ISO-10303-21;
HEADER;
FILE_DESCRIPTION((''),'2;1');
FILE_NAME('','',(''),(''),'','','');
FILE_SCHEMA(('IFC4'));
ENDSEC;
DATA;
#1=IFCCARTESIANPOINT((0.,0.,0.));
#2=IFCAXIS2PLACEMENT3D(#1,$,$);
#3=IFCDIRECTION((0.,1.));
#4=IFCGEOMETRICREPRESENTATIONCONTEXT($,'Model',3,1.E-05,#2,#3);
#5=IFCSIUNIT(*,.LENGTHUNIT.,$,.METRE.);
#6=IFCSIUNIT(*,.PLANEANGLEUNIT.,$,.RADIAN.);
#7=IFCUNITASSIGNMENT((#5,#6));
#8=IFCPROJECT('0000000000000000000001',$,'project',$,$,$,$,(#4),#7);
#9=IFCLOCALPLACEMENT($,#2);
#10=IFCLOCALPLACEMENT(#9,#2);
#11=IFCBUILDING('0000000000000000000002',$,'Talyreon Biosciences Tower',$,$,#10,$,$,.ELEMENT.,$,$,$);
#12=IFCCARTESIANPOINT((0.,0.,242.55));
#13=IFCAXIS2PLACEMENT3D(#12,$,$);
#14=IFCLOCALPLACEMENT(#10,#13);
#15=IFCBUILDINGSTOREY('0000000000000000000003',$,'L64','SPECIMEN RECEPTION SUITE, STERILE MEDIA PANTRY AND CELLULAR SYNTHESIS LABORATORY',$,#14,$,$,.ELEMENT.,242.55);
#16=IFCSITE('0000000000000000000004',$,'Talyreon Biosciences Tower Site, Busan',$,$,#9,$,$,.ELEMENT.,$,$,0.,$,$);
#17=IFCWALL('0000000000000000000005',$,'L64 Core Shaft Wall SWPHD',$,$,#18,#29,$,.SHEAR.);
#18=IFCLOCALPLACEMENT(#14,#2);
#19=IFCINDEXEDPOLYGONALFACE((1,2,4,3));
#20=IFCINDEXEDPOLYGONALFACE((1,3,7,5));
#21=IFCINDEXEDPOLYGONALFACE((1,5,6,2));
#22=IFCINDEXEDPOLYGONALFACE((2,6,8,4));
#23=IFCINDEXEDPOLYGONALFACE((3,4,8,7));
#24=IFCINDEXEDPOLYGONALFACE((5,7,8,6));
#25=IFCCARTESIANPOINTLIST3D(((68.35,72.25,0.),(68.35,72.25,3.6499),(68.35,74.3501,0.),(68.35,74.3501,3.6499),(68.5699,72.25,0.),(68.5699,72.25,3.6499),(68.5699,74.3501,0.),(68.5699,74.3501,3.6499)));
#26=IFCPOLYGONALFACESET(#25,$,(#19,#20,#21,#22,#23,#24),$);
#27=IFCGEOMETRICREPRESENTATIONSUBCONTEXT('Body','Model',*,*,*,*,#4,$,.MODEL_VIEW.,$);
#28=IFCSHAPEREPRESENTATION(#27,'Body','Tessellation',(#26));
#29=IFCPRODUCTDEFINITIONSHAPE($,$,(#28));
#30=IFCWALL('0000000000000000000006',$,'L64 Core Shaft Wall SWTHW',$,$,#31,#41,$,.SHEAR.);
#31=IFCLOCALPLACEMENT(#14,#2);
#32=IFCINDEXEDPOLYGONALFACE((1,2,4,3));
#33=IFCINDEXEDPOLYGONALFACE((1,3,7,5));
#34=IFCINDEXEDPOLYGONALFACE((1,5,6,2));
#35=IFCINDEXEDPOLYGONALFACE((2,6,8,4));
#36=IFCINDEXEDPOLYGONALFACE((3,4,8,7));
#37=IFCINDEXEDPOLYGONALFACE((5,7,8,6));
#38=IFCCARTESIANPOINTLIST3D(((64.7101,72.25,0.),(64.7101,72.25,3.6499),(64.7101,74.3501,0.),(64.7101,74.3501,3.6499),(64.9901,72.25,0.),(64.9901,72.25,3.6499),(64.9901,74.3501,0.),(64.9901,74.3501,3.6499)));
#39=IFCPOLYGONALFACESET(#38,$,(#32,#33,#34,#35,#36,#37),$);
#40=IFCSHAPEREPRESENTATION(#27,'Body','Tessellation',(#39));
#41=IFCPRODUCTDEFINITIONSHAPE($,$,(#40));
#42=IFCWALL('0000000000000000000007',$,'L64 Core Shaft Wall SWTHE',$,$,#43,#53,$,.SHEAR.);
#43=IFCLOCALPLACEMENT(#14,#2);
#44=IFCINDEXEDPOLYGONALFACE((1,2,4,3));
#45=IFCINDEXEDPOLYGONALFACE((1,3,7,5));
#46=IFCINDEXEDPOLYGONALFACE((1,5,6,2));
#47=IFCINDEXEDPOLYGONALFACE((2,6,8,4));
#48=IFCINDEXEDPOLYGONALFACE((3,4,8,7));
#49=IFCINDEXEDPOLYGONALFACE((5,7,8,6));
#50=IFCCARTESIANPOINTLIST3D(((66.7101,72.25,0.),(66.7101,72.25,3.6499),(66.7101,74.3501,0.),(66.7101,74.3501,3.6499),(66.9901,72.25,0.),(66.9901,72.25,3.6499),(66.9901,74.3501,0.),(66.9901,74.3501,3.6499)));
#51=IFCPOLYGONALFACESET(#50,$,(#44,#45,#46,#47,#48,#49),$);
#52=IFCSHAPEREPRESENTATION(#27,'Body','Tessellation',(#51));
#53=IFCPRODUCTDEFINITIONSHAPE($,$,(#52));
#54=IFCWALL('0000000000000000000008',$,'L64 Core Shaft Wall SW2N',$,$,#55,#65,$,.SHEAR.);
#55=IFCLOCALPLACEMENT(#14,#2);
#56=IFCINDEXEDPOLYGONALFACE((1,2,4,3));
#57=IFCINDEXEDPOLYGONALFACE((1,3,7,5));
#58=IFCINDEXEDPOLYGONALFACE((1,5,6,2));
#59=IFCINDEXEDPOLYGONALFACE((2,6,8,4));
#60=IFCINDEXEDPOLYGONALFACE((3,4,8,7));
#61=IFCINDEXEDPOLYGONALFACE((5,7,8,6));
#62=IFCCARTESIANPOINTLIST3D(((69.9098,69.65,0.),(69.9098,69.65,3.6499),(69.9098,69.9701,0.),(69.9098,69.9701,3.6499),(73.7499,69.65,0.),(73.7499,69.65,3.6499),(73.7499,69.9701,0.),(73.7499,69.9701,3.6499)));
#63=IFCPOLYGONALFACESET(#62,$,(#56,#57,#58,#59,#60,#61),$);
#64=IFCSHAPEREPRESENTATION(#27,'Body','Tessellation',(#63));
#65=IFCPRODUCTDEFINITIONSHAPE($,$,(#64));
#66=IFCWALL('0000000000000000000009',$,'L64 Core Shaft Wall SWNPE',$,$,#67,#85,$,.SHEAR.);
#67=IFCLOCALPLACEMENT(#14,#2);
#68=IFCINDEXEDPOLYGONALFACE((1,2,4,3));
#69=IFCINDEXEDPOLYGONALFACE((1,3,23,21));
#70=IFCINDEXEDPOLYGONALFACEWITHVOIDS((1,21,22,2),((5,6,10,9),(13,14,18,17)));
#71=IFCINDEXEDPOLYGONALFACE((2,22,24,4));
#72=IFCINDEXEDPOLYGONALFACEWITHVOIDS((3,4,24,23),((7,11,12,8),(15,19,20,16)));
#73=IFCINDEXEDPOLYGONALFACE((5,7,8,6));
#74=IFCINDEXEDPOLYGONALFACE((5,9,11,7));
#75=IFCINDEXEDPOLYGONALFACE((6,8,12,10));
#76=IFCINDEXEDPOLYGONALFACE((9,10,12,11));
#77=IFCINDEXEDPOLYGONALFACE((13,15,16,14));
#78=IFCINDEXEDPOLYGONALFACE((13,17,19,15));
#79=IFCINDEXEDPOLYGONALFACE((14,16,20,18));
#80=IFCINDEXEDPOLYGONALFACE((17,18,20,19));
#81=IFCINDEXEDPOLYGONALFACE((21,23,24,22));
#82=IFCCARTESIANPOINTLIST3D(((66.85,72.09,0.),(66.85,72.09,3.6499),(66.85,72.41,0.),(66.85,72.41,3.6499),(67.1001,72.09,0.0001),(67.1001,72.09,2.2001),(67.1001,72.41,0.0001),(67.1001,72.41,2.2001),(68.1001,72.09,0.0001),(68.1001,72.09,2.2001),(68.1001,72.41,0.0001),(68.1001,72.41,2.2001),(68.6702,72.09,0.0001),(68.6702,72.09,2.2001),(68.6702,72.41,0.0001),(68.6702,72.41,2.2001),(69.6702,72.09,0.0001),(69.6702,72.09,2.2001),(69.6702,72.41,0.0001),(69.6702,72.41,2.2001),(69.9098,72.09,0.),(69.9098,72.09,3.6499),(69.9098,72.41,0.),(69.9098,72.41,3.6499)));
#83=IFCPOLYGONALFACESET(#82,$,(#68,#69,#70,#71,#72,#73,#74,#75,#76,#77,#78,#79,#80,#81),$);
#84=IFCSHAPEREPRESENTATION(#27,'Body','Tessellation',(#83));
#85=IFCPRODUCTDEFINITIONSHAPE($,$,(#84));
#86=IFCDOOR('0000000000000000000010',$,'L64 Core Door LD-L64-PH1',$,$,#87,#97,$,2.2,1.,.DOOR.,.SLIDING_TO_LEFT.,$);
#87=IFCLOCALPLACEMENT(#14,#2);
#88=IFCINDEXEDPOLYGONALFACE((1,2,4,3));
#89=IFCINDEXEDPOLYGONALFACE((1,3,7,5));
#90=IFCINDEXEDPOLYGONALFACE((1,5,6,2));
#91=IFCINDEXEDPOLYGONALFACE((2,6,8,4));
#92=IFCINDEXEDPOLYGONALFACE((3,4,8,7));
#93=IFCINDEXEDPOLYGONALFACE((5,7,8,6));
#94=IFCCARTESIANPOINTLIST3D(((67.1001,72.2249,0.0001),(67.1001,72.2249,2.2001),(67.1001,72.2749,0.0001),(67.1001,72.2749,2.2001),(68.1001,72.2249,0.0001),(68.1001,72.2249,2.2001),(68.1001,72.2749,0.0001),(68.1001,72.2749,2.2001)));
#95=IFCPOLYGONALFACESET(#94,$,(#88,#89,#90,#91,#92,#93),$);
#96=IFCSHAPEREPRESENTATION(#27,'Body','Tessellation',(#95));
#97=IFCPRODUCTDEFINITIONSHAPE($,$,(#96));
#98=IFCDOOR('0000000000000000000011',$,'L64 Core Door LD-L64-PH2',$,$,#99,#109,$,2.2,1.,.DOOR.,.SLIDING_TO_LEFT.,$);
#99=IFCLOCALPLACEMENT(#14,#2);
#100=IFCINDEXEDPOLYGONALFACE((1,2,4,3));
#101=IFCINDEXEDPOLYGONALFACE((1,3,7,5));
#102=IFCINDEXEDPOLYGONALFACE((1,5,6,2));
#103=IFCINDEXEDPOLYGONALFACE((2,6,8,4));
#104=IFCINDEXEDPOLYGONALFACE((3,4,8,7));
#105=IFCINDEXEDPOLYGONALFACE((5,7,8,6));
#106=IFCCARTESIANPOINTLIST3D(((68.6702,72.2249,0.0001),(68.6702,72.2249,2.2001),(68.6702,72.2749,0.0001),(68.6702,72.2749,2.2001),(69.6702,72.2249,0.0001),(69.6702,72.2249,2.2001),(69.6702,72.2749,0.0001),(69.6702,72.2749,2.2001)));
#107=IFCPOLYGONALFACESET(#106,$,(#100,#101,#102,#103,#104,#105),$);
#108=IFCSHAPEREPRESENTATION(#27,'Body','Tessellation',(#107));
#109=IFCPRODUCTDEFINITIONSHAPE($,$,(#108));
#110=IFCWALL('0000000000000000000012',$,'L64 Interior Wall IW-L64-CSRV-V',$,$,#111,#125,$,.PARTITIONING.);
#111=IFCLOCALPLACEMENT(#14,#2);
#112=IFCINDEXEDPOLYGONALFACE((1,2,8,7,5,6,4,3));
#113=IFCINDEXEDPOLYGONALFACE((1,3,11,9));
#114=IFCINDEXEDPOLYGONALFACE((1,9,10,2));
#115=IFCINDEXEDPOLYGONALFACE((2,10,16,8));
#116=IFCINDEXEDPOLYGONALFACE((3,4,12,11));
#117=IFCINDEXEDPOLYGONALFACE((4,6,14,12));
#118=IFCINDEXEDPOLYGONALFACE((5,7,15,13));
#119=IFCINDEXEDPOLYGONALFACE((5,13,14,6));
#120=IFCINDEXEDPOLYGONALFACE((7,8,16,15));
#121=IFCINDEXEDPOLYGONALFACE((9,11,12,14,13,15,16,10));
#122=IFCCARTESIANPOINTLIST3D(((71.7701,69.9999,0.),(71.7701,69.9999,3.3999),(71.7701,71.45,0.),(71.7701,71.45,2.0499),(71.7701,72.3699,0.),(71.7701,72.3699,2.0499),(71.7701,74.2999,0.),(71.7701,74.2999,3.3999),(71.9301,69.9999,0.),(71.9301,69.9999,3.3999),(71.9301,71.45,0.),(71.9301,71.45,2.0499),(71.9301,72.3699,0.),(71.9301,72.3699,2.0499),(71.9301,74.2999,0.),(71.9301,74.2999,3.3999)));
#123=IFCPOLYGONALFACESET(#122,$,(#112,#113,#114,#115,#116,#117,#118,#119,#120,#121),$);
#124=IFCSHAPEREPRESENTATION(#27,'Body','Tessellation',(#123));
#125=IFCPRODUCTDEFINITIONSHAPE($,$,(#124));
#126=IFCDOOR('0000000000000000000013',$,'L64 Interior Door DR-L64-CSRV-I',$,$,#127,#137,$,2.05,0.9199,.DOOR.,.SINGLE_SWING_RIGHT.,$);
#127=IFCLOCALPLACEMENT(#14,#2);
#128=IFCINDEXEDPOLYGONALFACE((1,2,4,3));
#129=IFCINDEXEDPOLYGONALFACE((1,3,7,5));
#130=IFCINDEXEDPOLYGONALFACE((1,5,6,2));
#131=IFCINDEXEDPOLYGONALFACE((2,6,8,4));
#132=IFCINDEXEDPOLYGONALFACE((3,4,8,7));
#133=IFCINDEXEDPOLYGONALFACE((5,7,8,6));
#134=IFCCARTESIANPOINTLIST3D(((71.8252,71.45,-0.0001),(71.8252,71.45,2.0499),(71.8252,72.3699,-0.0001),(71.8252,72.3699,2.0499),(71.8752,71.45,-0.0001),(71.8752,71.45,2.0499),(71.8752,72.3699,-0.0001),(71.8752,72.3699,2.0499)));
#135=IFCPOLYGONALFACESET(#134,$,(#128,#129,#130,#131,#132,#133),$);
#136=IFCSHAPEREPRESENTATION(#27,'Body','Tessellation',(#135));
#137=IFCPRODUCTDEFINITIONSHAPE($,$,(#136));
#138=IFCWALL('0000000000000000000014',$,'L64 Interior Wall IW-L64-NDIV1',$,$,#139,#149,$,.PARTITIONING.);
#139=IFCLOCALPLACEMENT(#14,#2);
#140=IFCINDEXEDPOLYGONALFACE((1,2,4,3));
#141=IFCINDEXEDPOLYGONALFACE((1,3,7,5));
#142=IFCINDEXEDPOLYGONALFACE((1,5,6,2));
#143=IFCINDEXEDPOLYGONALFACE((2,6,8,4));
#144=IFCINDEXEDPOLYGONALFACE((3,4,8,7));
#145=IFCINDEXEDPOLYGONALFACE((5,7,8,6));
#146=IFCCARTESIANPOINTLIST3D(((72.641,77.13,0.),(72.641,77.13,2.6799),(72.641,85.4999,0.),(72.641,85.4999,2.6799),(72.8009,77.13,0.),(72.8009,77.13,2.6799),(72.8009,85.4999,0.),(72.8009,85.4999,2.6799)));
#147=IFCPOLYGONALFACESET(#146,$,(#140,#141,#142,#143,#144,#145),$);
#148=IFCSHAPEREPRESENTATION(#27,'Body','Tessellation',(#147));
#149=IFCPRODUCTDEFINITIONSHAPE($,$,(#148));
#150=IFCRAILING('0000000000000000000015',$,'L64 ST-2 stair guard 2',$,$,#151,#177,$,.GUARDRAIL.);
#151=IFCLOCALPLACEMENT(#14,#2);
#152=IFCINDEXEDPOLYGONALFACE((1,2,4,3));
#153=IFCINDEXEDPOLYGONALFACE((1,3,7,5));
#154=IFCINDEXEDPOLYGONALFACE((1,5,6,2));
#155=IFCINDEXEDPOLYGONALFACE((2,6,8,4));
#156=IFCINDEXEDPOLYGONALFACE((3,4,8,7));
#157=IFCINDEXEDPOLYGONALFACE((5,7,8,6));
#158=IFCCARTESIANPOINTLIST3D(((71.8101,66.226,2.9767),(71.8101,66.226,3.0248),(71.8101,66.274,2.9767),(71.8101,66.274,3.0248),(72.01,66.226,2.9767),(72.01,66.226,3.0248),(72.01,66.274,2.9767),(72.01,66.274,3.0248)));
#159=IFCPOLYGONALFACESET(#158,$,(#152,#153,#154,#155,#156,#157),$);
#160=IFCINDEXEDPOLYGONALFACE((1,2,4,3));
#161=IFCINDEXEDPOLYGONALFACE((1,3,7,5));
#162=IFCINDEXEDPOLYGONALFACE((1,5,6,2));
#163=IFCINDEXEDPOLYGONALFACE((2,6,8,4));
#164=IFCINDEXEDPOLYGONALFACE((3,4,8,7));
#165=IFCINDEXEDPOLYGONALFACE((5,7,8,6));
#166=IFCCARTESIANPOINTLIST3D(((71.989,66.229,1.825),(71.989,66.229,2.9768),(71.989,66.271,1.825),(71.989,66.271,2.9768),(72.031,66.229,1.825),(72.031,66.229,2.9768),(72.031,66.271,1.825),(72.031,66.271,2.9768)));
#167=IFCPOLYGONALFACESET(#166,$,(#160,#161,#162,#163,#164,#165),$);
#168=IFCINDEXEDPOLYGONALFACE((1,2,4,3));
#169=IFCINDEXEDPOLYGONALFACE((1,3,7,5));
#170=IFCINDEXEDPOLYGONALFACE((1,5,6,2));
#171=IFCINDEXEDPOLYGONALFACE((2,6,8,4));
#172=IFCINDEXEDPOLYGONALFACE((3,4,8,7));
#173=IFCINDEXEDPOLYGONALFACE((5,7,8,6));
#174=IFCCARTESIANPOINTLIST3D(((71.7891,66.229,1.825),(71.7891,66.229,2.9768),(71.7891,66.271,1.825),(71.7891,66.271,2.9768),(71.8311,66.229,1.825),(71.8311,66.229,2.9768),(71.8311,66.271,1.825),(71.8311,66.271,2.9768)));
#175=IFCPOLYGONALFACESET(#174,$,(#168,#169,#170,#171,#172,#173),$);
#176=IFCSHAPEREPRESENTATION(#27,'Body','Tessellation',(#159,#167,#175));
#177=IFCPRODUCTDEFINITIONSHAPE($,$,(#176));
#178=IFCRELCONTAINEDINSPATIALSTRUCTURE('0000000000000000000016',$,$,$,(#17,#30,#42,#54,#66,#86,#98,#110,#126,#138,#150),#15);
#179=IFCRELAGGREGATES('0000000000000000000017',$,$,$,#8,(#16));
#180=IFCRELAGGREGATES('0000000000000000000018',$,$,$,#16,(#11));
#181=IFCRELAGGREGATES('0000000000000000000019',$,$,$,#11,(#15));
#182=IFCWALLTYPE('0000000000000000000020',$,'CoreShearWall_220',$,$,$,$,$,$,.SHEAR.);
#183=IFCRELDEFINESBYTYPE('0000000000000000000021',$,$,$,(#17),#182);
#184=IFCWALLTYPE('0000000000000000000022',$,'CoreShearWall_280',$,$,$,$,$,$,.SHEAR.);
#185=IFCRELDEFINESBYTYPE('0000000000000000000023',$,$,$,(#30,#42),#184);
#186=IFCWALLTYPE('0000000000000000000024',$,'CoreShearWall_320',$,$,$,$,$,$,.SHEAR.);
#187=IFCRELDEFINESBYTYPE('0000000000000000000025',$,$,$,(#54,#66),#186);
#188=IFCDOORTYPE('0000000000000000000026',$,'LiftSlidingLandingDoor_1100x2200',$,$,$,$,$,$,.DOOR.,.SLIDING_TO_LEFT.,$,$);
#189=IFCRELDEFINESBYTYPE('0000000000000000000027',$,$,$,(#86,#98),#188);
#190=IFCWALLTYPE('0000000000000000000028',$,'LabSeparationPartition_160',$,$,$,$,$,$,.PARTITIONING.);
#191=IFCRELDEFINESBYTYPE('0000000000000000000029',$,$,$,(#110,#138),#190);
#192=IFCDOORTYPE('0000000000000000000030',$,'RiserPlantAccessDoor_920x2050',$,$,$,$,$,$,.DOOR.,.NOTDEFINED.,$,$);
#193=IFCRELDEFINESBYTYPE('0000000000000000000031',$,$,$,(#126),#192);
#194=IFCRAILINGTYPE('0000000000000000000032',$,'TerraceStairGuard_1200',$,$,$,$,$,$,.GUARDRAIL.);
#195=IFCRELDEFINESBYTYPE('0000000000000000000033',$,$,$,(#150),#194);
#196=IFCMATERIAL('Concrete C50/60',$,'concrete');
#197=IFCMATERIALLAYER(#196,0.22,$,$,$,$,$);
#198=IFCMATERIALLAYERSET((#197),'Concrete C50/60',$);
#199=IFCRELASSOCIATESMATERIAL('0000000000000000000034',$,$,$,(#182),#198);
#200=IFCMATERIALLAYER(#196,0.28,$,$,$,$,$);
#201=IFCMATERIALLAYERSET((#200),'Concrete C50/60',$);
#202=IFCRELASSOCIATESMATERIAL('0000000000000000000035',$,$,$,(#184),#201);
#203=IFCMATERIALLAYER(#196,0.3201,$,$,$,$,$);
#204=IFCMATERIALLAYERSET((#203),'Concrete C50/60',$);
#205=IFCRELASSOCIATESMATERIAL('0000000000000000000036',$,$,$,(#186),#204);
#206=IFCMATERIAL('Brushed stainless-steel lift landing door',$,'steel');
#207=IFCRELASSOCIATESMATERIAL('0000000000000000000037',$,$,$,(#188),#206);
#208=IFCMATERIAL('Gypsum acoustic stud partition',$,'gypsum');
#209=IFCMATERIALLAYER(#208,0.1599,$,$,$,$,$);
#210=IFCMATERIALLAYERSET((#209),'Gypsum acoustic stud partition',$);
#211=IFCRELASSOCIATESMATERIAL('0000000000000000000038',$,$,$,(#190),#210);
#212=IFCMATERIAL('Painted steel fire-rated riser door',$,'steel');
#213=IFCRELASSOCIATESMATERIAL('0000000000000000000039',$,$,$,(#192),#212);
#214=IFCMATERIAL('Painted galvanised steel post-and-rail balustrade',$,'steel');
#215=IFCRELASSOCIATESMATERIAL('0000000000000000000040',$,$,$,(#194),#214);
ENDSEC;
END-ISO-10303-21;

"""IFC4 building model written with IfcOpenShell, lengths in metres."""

from ifc_helpers import new_model, si_unit, direction, frame, frame_2d, origin, origin_2d, place, context, subcontext, project, spatial, rectangle, extrude, material, layer, layer_set, type_object, element, fill, save


model = new_model("IFC4")

# Units and contexts
model_context = context("Model", 3, precision=1e-05, world=origin(), true_north=direction((0.0, 1.0)))
body_context = subcontext(model_context, "Body", "Model", "MODEL_VIEW")
ifc_project = project(units=[si_unit("LENGTHUNIT", "METRE"), si_unit("PLANEANGLEUNIT", "RADIAN")], contexts=[model_context])

# Site, building, storey
site_placement = place(None, origin())
site = spatial("IfcSite", under=ifc_project, at=site_placement, Name="Talyreon Biosciences Tower Site, Busan", CompositionType="ELEMENT", RefElevation=0.0)
building_placement = place(site_placement, origin())
building = spatial("IfcBuilding", under=site, at=building_placement, Name="Talyreon Biosciences Tower", CompositionType="ELEMENT")
storey_placement = place(building_placement, frame((0.0, 0.0, 242.55)))
storey = spatial("IfcBuildingStorey", under=building, at=storey_placement, Name="L64", Description="SPECIMEN RECEPTION SUITE, STERILE MEDIA PANTRY AND CELLULAR SYNTHESIS LABORATORY", CompositionType="ELEMENT", Elevation=242.55)

# Shared definitions
ifc_material_1 = material(Name="Concrete C50/60", Category="concrete")

# Walls
ifc_layer_1 = layer(ifc_material_1, 0.22)
ifc_layer_set_1 = layer_set([ifc_layer_1], Name="Concrete C50/60")
wall_type_1 = type_object("IfcWallType", Name="CoreShearWall_220", PredefinedType="SHEAR", material=ifc_layer_set_1)
wall_1_placement = place(storey_placement, frame((68.46, 72.25, 0.0), z_axis=(0.0, 0.0, 1.0), x_axis=(0.0, 1.0, 0.0)))
element("IfcWall", 1, at=wall_1_placement, inside=storey, type_object=wall_type_1, Name="L64 Core Shaft Wall SWPHD", PredefinedType="SHEAR", context=body_context, shape_type="SweptSolid", body=[
    extrude(rectangle(XDim=2.1001, YDim=0.22, at=frame_2d((1.05, 0.0))), origin(), (0.0, 0.0, 1.0), 3.6499),
])
ifc_layer_2 = layer(ifc_material_1, 0.28)
ifc_layer_set_2 = layer_set([ifc_layer_2], Name="Concrete C50/60")
wall_type_2 = type_object("IfcWallType", Name="CoreShearWall_280", PredefinedType="SHEAR", material=ifc_layer_set_2)
for number, where, z_axis, x_axis, name in (
    (2, (64.8501, 72.25, 0.0), (0.0, 0.0, 1.0), (0.0, 1.0, 0.0), "L64 Core Shaft Wall SWTHW"),
    (3, (66.8501, 72.25, 0.0), (0.0, 0.0, 1.0), (0.0, 1.0, 0.0), "L64 Core Shaft Wall SWTHE"),
):
    element("IfcWall", number, at=place(storey_placement, frame(where, z_axis=z_axis, x_axis=x_axis)), inside=storey, type_object=wall_type_2, Name=name, PredefinedType="SHEAR", context=body_context, shape_type="SweptSolid", body=[
        extrude(rectangle(XDim=2.1001, YDim=0.28, at=frame_2d((1.05, 0.0))), origin(), (0.0, 0.0, 1.0), 3.6499),
    ])
ifc_layer_3 = layer(ifc_material_1, 0.3201)
ifc_layer_set_3 = layer_set([ifc_layer_3], Name="Concrete C50/60")
wall_type_3 = type_object("IfcWallType", Name="CoreShearWall_320", PredefinedType="SHEAR", material=ifc_layer_set_3)
wall_2_placement = place(storey_placement, frame((69.9099, 69.8101, 0.0), z_axis=(0.0, 0.0, 1.0), x_axis=(1.0, 0.0, 0.0)))
element("IfcWall", 4, at=wall_2_placement, inside=storey, type_object=wall_type_3, Name="L64 Core Shaft Wall SW2N", PredefinedType="SHEAR", context=body_context, shape_type="SweptSolid", body=[
    extrude(rectangle(XDim=3.8401, YDim=0.3201, at=frame_2d((1.9199, 0.0))), origin(), (0.0, 0.0, 1.0), 3.6499),
])

# Wall, openings, doors
wall_3_placement = place(storey_placement, frame((66.8501, 72.25, 0.0), z_axis=(0.0, 0.0, 1.0), x_axis=(1.0, 0.0, 0.0)))
wall_3 = element("IfcWall", 5, at=wall_3_placement, inside=storey, type_object=wall_type_3, Name="L64 Core Shaft Wall SWNPE", PredefinedType="SHEAR", context=body_context, shape_type="SweptSolid", body=[
    extrude(rectangle(XDim=3.0598, YDim=0.3201, at=frame_2d((1.5298, 0.0))), origin(), (0.0, 0.0, 1.0), 3.6499),
])
opening_1_placement = place(wall_3_placement, frame((0.25, 0.0, 0.0)))
opening_1 = element("IfcOpeningElement", 6, at=opening_1_placement, cuts=wall_3, PredefinedType="OPENING", context=body_context, shape_type="SweptSolid", body=[
    extrude(rectangle(XDim=1.0, YDim=2.2, at=frame_2d((0.5, 1.1001))), frame((0.0, 0.1699, 0.0), z_axis=(0.0, -1.0, 0.0), x_axis=(1.0, 0.0, 0.0)), (0.0, 0.0, 1.0), 0.3401),
])
opening_2_placement = place(wall_3_placement, frame((1.8201, 0.0, 0.0)))
opening_2 = element("IfcOpeningElement", 7, at=opening_2_placement, cuts=wall_3, PredefinedType="OPENING", context=body_context, shape_type="SweptSolid", body=[
    extrude(rectangle(XDim=1.0, YDim=2.2, at=frame_2d((0.5, 1.1001))), frame((0.0, 0.1699, 0.0), z_axis=(0.0, -1.0, 0.0), x_axis=(1.0, 0.0, 0.0)), (0.0, 0.0, 1.0), 0.3401),
])
ifc_material_2 = material(Name="Brushed stainless-steel lift landing door", Category="steel")
door_type_1 = type_object("IfcDoorType", Name="LiftSlidingLandingDoor_1100x2200", OperationType="SLIDING_TO_LEFT", PredefinedType="DOOR", material=ifc_material_2)
door_1_placement = place(opening_1_placement, origin())
door_1 = element("IfcDoor", 8, at=door_1_placement, inside=storey, type_object=door_type_1, Name="L64 Core Door LD-L64-PH1", OperationType="SLIDING_TO_LEFT", OverallHeight=2.2, OverallWidth=1.0, PredefinedType="DOOR", context=body_context, shape_type="SweptSolid", body=[
    extrude(rectangle(XDim=1.0, YDim=2.2, at=frame_2d((0.5, 1.1001))), frame((0.0, 0.0249, 0.0), z_axis=(0.0, -1.0, 0.0), x_axis=(1.0, 0.0, 0.0)), (0.0, 0.0, 1.0), 0.05),
])
fill(opening_1, door_1)
door_2_placement = place(opening_2_placement, origin())
door_2 = element("IfcDoor", 9, at=door_2_placement, inside=storey, type_object=door_type_1, Name="L64 Core Door LD-L64-PH2", OperationType="SLIDING_TO_LEFT", OverallHeight=2.2, OverallWidth=1.0, PredefinedType="DOOR", context=body_context, shape_type="SweptSolid", body=[
    extrude(rectangle(XDim=1.0, YDim=2.2, at=frame_2d((0.5, 1.1001))), frame((0.0, 0.0249, 0.0), z_axis=(0.0, -1.0, 0.0), x_axis=(1.0, 0.0, 0.0)), (0.0, 0.0, 1.0), 0.05),
])
fill(opening_2, door_2)

# Wall, opening, door
ifc_material_3 = material(Name="Gypsum acoustic stud partition", Category="gypsum")
ifc_layer_4 = layer(ifc_material_3, 0.1599)
ifc_layer_set_4 = layer_set([ifc_layer_4], Name="Gypsum acoustic stud partition")
wall_type_4 = type_object("IfcWallType", Name="LabSeparationPartition_160", PredefinedType="PARTITIONING", material=ifc_layer_set_4)
wall_4_placement = place(storey_placement, frame((71.8501, 70.0, 0.0), z_axis=(0.0, 0.0, 1.0), x_axis=(0.0, 1.0, 0.0)))
wall_4 = element("IfcWall", 10, at=wall_4_placement, inside=storey, type_object=wall_type_4, Name="L64 Interior Wall IW-L64-CSRV-V", PredefinedType="PARTITIONING", context=body_context, shape_type="SweptSolid", body=[
    extrude(rectangle(XDim=4.3, YDim=0.1599, at=frame_2d((2.1499, 0.0))), origin(), (0.0, 0.0, 1.0), 3.3999),
])
opening_3_placement = place(wall_4_placement, frame((1.45, 0.0, 0.0)))
opening_3 = element("IfcOpeningElement", 11, at=opening_3_placement, cuts=wall_4, PredefinedType="OPENING", context=body_context, shape_type="SweptSolid", body=[
    extrude(rectangle(XDim=0.9199, YDim=2.05, at=frame_2d((0.46, 1.0249))), frame((0.0, 0.0898, 0.0), z_axis=(0.0, -1.0, 0.0), x_axis=(1.0, 0.0, 0.0)), (0.0, 0.0, 1.0), 0.1799),
])
ifc_material_4 = material(Name="Painted steel fire-rated riser door", Category="steel")
door_type_2 = type_object("IfcDoorType", Name="RiserPlantAccessDoor_920x2050", OperationType="NOTDEFINED", PredefinedType="DOOR", material=ifc_material_4)
door_3_placement = place(opening_3_placement, origin())
door_3 = element("IfcDoor", 12, at=door_3_placement, inside=storey, type_object=door_type_2, Name="L64 Interior Door DR-L64-CSRV-I", OperationType="SINGLE_SWING_RIGHT", OverallHeight=2.05, OverallWidth=0.9199, PredefinedType="DOOR", context=body_context, shape_type="SweptSolid", body=[
    extrude(rectangle(XDim=0.9199, YDim=2.05, at=frame_2d((0.46, 1.0249))), frame((0.0, 0.0249, 0.0), z_axis=(0.0, -1.0, 0.0), x_axis=(1.0, 0.0, 0.0)), (0.0, 0.0, 1.0), 0.05),
])
fill(opening_3, door_3)

# Wall
wall_5_placement = place(storey_placement, frame((72.7209, 77.1299, 0.0), z_axis=(0.0, 0.0, 1.0), x_axis=(0.0, 1.0, 0.0)))
element("IfcWall", 13, at=wall_5_placement, inside=storey, type_object=wall_type_4, Name="L64 Interior Wall IW-L64-NDIV1", PredefinedType="PARTITIONING", context=body_context, shape_type="SweptSolid", body=[
    extrude(rectangle(XDim=8.3699, YDim=0.1599, at=frame_2d((4.1851, 0.0))), origin(), (0.0, 0.0, 1.0), 2.6799),
])

# Railing
ifc_material_5 = material(Name="Painted galvanised steel post-and-rail balustrade", Category="steel")
railing_type = type_object("IfcRailingType", Name="TerraceStairGuard_1200", PredefinedType="GUARDRAIL", material=ifc_material_5)
railing_placement = place(storey_placement, frame((72.01, 66.25, 1.825)))
element("IfcRailing", 14, at=railing_placement, inside=storey, type_object=railing_type, Name="L64 ST-2 stair guard 2", PredefinedType="GUARDRAIL", context=body_context, shape_type="SweptSolid", body=[
    extrude(rectangle(XDim=0.0481, YDim=0.0481, at=origin_2d()), frame((0.0, 0.0, 1.1758), z_axis=(-1.0, 0.0, 0.0), x_axis=(0.0, -1.0, 0.0)), (0.0, 0.0, 1.0), 0.2),
    extrude(rectangle(XDim=0.042, YDim=0.042, at=origin_2d()), origin(), (0.0, 0.0, 1.0), 1.1519),
    extrude(rectangle(XDim=0.042, YDim=0.042, at=origin_2d()), frame((-0.2, 0.0, 0.0)), (0.0, 0.0, 1.0), 1.1519),
])

save(model, "model.ifc")
